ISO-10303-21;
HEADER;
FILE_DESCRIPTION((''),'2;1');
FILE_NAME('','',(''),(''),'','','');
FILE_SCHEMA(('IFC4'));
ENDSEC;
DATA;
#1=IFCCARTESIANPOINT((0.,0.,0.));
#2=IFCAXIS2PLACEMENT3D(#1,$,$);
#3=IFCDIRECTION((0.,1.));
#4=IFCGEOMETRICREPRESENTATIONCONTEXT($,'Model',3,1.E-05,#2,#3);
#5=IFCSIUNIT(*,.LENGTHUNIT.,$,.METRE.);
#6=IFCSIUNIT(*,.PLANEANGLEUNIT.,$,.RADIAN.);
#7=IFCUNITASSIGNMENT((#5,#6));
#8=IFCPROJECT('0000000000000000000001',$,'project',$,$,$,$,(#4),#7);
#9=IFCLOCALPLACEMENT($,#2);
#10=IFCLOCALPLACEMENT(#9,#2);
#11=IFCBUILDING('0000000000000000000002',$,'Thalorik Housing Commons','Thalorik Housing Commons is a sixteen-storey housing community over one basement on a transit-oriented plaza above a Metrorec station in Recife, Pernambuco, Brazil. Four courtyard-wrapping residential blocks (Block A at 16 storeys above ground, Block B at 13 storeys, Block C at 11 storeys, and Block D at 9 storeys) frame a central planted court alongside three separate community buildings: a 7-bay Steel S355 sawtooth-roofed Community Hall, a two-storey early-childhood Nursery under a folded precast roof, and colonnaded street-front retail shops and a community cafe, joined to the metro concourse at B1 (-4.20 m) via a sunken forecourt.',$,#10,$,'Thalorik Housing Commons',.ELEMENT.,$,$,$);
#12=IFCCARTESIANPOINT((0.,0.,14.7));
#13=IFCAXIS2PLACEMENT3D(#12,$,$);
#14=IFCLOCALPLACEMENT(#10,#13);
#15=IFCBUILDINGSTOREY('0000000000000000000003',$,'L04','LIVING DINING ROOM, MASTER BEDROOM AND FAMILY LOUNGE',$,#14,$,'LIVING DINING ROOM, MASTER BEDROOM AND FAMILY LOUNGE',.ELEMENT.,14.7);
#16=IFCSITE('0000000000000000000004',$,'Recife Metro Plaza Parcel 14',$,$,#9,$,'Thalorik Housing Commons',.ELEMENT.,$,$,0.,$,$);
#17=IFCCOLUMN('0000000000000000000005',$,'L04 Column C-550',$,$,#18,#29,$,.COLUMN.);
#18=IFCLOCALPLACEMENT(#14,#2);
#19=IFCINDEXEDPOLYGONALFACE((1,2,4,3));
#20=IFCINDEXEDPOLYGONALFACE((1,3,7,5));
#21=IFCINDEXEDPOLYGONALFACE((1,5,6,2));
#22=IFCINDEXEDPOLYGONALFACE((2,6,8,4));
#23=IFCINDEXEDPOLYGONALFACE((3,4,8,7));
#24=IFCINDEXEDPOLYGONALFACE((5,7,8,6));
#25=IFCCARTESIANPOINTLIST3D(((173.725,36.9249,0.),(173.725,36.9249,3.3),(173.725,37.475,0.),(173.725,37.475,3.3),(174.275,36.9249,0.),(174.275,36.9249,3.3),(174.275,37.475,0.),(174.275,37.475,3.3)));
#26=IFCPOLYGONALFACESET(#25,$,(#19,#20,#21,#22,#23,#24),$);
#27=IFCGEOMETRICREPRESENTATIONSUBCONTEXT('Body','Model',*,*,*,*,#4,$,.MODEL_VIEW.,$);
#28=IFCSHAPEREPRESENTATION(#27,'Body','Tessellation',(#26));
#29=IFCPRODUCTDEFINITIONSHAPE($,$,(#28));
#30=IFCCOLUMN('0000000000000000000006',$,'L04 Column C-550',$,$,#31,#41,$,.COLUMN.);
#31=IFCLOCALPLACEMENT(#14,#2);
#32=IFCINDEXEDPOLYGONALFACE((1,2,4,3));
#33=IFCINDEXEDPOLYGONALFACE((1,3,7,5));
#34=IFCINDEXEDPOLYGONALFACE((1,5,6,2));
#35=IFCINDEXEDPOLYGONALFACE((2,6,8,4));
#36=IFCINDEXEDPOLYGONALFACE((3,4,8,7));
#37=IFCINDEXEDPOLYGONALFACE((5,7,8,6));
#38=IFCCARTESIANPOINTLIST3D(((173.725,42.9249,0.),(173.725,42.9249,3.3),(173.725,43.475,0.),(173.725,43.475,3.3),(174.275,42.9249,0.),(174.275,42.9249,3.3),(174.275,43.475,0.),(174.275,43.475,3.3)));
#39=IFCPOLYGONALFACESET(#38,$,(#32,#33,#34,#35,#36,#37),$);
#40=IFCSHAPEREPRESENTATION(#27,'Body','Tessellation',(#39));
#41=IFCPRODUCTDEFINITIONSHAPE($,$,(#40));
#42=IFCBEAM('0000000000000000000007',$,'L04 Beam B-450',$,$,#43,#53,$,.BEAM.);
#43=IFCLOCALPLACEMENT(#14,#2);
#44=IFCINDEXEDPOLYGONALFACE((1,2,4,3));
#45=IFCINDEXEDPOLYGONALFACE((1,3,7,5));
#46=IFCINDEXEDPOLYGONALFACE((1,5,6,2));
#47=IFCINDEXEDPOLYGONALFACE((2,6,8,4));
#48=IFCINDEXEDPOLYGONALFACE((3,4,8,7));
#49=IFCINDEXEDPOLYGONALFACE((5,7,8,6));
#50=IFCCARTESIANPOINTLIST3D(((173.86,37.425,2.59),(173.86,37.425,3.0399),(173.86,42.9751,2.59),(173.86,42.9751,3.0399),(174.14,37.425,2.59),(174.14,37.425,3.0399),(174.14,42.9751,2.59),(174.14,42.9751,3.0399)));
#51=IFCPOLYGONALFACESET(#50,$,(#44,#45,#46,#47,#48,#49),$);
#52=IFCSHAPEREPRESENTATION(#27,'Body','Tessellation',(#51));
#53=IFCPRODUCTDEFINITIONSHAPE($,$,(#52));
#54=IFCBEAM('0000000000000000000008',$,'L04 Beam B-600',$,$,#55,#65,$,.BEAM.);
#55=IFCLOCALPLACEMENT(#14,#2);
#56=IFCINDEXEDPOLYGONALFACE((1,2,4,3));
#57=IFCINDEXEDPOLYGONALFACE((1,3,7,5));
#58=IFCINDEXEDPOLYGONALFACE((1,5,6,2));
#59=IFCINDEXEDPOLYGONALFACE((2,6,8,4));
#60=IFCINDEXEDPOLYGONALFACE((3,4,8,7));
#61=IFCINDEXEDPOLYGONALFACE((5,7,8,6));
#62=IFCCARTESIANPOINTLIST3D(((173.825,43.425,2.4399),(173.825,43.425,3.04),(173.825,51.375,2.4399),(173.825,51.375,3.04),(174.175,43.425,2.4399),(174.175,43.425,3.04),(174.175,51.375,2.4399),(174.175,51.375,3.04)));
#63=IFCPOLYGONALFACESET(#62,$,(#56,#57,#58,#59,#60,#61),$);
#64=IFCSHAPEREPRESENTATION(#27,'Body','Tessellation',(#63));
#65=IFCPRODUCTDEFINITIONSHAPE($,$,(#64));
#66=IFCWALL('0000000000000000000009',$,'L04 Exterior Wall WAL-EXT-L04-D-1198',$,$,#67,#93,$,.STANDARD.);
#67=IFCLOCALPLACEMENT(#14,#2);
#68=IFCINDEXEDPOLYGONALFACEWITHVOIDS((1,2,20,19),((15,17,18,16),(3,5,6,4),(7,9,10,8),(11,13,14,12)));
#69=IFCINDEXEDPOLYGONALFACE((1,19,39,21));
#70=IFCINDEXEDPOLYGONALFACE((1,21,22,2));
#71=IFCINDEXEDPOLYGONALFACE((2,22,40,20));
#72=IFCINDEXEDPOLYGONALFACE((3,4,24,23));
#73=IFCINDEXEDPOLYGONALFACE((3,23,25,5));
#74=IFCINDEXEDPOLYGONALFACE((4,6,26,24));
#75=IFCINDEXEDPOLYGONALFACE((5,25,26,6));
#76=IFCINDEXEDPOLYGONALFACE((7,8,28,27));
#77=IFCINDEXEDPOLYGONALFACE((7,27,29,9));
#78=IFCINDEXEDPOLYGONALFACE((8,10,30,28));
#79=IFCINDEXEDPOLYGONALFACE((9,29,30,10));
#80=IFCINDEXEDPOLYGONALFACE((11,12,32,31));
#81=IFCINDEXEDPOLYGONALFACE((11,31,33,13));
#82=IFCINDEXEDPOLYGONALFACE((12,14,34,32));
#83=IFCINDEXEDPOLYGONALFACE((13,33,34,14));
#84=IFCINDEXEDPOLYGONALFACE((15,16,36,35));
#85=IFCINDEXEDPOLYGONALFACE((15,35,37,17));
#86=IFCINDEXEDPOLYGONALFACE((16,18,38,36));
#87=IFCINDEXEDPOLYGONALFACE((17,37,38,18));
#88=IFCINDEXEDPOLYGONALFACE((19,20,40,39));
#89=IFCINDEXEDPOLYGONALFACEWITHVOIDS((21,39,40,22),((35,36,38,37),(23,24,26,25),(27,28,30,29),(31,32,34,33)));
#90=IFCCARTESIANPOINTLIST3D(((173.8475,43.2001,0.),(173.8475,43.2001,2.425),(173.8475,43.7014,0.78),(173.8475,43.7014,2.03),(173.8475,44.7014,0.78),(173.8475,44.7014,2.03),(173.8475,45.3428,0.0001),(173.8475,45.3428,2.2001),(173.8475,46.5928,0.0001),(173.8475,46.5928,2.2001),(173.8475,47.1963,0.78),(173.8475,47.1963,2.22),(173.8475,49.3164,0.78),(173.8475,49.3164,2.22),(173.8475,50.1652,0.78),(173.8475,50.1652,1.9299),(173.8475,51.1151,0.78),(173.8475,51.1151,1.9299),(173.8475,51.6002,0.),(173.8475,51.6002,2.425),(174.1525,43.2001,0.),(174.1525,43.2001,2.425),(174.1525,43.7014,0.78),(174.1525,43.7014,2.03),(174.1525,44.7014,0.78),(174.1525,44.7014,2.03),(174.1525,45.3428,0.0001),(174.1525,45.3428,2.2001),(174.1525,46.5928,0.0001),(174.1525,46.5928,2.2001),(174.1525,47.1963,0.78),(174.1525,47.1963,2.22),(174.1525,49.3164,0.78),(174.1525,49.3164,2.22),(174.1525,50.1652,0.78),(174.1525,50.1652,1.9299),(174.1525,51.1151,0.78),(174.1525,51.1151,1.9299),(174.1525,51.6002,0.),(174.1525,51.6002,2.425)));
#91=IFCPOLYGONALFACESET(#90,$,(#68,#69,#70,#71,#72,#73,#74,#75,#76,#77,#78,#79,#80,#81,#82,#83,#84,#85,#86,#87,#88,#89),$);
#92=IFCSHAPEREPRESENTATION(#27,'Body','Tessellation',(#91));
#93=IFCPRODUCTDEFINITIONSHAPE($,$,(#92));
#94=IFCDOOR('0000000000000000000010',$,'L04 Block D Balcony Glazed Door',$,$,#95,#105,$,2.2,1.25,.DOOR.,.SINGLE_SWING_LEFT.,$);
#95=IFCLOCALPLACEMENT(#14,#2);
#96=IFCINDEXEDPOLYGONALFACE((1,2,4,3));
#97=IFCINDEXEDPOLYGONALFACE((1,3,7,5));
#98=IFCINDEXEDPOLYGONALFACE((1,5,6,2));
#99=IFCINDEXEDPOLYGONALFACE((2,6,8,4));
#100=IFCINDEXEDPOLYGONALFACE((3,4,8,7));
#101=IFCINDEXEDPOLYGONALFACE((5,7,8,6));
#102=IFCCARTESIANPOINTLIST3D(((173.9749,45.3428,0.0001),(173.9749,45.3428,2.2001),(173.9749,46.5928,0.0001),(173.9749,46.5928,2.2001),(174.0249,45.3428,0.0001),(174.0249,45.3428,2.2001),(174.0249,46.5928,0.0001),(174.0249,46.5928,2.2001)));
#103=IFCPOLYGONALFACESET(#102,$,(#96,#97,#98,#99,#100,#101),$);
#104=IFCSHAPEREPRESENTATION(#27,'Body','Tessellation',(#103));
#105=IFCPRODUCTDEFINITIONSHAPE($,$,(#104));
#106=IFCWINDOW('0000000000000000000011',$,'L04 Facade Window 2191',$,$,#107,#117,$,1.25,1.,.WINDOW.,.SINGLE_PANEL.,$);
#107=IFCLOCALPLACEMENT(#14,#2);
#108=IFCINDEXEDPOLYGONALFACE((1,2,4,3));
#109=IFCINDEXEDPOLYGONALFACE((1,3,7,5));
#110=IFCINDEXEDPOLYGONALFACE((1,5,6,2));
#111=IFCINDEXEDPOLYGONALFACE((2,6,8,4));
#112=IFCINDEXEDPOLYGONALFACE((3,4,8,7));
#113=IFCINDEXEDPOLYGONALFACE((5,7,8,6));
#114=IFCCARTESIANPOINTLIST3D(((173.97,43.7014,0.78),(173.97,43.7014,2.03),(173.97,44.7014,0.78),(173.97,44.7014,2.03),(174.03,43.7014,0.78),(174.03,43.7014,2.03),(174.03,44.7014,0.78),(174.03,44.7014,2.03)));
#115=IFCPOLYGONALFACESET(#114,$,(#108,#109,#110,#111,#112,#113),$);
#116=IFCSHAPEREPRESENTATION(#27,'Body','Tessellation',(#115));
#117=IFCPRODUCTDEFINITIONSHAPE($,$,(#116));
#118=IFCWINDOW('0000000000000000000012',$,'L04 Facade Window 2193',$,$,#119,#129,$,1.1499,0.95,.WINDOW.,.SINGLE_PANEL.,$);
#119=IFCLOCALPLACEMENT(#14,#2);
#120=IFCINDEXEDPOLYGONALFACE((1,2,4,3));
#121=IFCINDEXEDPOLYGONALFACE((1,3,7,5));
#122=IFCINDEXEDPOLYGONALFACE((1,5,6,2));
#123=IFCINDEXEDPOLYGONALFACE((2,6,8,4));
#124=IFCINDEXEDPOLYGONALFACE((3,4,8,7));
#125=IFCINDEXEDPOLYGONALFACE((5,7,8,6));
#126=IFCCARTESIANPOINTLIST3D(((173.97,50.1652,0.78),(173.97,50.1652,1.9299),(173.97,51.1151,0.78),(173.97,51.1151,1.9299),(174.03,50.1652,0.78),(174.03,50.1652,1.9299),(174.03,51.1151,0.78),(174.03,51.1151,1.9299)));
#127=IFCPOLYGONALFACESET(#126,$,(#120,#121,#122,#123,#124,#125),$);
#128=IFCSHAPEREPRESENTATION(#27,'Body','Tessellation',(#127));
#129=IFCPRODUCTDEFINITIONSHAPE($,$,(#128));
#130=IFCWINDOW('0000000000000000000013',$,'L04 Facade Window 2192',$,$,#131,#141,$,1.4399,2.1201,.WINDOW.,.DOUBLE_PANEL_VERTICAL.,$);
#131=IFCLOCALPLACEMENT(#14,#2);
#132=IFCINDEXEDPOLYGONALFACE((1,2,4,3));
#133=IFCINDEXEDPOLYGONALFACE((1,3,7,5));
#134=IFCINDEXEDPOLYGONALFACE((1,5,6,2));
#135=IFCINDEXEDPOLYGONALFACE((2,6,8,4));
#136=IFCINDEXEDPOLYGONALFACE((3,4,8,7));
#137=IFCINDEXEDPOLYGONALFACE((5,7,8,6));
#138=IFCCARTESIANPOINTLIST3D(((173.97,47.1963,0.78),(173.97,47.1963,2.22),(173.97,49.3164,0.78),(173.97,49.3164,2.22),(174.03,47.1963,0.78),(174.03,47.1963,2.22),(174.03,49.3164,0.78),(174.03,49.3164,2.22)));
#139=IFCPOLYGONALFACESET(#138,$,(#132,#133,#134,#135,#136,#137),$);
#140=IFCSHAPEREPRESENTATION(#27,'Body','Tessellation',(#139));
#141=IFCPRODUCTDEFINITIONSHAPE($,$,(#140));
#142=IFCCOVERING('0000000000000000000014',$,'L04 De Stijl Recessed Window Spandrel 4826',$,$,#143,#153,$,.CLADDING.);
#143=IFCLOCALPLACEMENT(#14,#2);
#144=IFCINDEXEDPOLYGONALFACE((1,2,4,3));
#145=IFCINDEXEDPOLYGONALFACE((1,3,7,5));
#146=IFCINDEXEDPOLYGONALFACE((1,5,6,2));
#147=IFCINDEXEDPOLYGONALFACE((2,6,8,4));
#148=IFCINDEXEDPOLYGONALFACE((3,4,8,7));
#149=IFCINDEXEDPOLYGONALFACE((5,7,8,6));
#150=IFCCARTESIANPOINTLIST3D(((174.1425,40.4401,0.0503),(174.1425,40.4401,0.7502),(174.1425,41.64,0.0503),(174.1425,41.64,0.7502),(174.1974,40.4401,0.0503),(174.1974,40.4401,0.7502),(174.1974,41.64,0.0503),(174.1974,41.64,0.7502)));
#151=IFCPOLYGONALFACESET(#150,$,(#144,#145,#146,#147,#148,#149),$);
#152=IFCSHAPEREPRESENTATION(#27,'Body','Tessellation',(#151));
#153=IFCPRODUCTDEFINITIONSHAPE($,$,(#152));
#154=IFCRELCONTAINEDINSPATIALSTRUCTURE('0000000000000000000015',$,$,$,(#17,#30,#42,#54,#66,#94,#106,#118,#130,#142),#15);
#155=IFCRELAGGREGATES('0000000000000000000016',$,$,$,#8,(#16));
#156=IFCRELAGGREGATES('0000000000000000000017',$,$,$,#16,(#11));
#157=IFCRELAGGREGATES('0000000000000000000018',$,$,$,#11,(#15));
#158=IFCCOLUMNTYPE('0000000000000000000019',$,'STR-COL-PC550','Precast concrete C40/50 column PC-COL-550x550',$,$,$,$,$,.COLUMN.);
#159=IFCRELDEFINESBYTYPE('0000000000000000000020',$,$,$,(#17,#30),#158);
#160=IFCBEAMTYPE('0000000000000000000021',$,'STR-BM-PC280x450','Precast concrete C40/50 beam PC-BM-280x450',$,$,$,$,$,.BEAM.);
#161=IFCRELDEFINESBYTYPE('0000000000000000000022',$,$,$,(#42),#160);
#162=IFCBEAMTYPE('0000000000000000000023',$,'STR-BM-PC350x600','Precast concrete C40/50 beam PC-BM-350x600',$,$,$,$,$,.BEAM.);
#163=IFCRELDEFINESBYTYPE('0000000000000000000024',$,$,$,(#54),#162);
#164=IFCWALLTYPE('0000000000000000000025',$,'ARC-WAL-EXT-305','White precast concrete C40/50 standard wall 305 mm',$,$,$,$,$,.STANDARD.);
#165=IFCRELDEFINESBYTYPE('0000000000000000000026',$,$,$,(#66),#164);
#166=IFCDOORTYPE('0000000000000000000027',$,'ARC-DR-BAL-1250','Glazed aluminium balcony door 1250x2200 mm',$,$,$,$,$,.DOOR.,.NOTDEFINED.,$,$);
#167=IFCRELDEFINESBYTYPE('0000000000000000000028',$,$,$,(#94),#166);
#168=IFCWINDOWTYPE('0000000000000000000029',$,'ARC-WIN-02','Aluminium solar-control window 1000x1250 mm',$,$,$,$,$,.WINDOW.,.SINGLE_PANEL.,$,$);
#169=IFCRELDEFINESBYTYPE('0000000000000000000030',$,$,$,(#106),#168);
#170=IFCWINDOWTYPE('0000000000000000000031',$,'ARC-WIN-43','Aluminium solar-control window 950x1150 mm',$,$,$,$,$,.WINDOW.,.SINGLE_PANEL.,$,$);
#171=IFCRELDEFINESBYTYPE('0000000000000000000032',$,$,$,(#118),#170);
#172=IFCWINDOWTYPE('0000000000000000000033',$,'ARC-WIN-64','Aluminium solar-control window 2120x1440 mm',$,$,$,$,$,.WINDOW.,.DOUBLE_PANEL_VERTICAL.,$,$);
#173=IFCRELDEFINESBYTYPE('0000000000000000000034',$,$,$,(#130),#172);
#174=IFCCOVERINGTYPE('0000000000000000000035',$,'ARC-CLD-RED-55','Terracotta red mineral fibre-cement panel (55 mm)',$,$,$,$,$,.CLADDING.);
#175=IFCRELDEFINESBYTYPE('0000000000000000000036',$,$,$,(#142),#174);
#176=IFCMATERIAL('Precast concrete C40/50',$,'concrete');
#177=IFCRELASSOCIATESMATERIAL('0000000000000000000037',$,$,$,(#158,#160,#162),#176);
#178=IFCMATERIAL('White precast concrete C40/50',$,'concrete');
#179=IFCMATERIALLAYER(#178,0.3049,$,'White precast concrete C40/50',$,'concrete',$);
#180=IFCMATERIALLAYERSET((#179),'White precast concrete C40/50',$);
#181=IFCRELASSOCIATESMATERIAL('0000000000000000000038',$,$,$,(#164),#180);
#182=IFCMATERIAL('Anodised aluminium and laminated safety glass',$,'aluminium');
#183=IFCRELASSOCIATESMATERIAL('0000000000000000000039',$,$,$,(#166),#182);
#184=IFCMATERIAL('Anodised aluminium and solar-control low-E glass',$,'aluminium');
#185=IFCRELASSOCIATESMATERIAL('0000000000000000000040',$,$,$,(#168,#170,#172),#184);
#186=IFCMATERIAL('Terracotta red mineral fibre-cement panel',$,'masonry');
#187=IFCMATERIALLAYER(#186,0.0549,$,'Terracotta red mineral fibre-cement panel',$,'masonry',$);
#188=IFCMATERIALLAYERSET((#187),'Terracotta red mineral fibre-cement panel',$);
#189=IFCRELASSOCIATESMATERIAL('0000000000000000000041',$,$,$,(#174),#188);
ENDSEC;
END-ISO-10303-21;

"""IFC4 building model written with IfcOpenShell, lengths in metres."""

from ifc_helpers import new_model, si_unit, direction, frame, frame_2d, origin, origin_2d, place, context, subcontext, project, spatial, rectangle, extrude, material, layer, layer_set, material_profile, profile_set, type_object, element, fill, save


model = new_model("IFC4")

# Units and contexts
model_context = context("Model", 3, precision=1e-05, world=origin(), true_north=direction((0.0, 1.0)))
body_context = subcontext(model_context, "Body", "Model", "MODEL_VIEW")
ifc_project = project(units=[si_unit("LENGTHUNIT", "METRE"), si_unit("PLANEANGLEUNIT", "RADIAN")], contexts=[model_context])

# Site, building, storey
site_placement = place(None, origin())
site = spatial("IfcSite", under=ifc_project, at=site_placement, Name="Recife Metro Plaza Parcel 14", LongName="Thalorik Housing Commons", CompositionType="ELEMENT", RefElevation=0.0)
building_placement = place(site_placement, origin())
building = spatial("IfcBuilding", under=site, at=building_placement, Name="Thalorik Housing Commons", Description="Thalorik Housing Commons is a sixteen-storey housing community over one basement on a transit-oriented plaza above a Metrorec station in Recife, Pernambuco, Brazil. Four courtyard-wrapping residential blocks (Block A at 16 storeys above ground, Block B at 13 storeys, Block C at 11 storeys, and Block D at 9 storeys) frame a central planted court alongside three separate community buildings: a 7-bay Steel S355 sawtooth-roofed Community Hall, a two-storey early-childhood Nursery under a folded precast roof, and colonnaded street-front retail shops and a community cafe, joined to the metro concourse at B1 (-4.20 m) via a sunken forecourt.", LongName="Thalorik Housing Commons", CompositionType="ELEMENT")
storey_placement = place(building_placement, frame((0.0, 0.0, 14.7)))
storey = spatial("IfcBuildingStorey", under=building, at=storey_placement, Name="L04", Description="LIVING DINING ROOM, MASTER BEDROOM AND FAMILY LOUNGE", LongName="LIVING DINING ROOM, MASTER BEDROOM AND FAMILY LOUNGE", CompositionType="ELEMENT", Elevation=14.7)

# Columns
ifc_material_1 = material(Name="Precast concrete C40/50", Category="concrete")
ifc_material_profile_1 = material_profile(ifc_material_1, rectangle(XDim=0.55, YDim=0.55, at=origin_2d()), Name="PC 550x550", Category="concrete")
ifc_profile_set_1 = profile_set([ifc_material_profile_1], Name="Precast concrete C40/50")
column_type = type_object("IfcColumnType", Name="STR-COL-PC550", Description="Precast concrete C40/50 column PC-COL-550x550", PredefinedType="COLUMN", material=ifc_profile_set_1)
for number, where, z_axis, x_axis, name in (
    (1, (174.0, 37.2, 0.0), (0.0, 0.0, 1.0), (1.0, 0.0, 0.0), "L04 Column C-550"),
    (2, (174.0, 43.2, 0.0), (0.0, 0.0, 1.0), (1.0, 0.0, 0.0), "L04 Column C-550"),
):
    element("IfcColumn", number, at=place(storey_placement, frame(where, z_axis=z_axis, x_axis=x_axis)), inside=storey, type_object=column_type, Name=name, PredefinedType="COLUMN", context=body_context, shape_type="SweptSolid", body=[
        extrude(rectangle(XDim=0.55, YDim=0.55, at=origin_2d()), origin(), (0.0, 0.0, 1.0), 3.3),
    ])

# Beams
ifc_material_profile_2 = material_profile(ifc_material_1, rectangle(XDim=0.28, YDim=0.45, at=origin_2d()), Name="PC 280x450", Category="concrete")
ifc_profile_set_2 = profile_set([ifc_material_profile_2], Name="Precast concrete C40/50")
beam_type_1 = type_object("IfcBeamType", Name="STR-BM-PC280x450", Description="Precast concrete C40/50 beam PC-BM-280x450", PredefinedType="BEAM", material=ifc_profile_set_2)
beam_1_placement = place(storey_placement, frame((174.0, 37.425, 2.8149), z_axis=(0.0, 1.0, 0.0), x_axis=(-1.0, 0.0, 0.0)))
element("IfcBeam", 3, at=beam_1_placement, inside=storey, type_object=beam_type_1, Name="L04 Beam B-450", PredefinedType="BEAM", context=body_context, shape_type="SweptSolid", body=[
    extrude(rectangle(XDim=0.28, YDim=0.45, at=origin_2d()), origin(), (0.0, 0.0, 1.0), 5.55),
])
ifc_material_profile_3 = material_profile(ifc_material_1, rectangle(XDim=0.3501, YDim=0.6001, at=origin_2d()), Name="PC 350x600", Category="concrete")
ifc_profile_set_3 = profile_set([ifc_material_profile_3], Name="Precast concrete C40/50")
beam_type_2 = type_object("IfcBeamType", Name="STR-BM-PC350x600", Description="Precast concrete C40/50 beam PC-BM-350x600", PredefinedType="BEAM", material=ifc_profile_set_3)
beam_2_placement = place(storey_placement, frame((174.0, 43.425, 2.74), z_axis=(0.0, 1.0, 0.0), x_axis=(-1.0, 0.0, 0.0)))
element("IfcBeam", 4, at=beam_2_placement, inside=storey, type_object=beam_type_2, Name="L04 Beam B-600", PredefinedType="BEAM", context=body_context, shape_type="SweptSolid", body=[
    extrude(rectangle(XDim=0.3501, YDim=0.6001, at=origin_2d()), origin(), (0.0, 0.0, 1.0), 7.95),
])

# Shared definitions
ifc_material_2 = material(Name="White precast concrete C40/50", Category="concrete")
ifc_layer_1 = layer(ifc_material_2, 0.3049, Name="White precast concrete C40/50", Category="concrete")
ifc_layer_set_1 = layer_set([ifc_layer_1], Name="White precast concrete C40/50")
wall_type = type_object("IfcWallType", Name="ARC-WAL-EXT-305", Description="White precast concrete C40/50 standard wall 305 mm", PredefinedType="STANDARD", material=ifc_layer_set_1)
ifc_material_3 = material(Name="Anodised aluminium and laminated safety glass", Category="aluminium")
ifc_material_4 = material(Name="Anodised aluminium and solar-control low-E glass", Category="aluminium")

# Wall, openings, door, windows
wall_1_placement = place(storey_placement, frame((174.0, 43.2, 0.0), z_axis=(0.0, 0.0, 1.0), x_axis=(0.0, 1.0, 0.0)))
wall_1 = element("IfcWall", 5, at=wall_1_placement, inside=storey, type_object=wall_type, Name="L04 Exterior Wall WAL-EXT-L04-D-1198", PredefinedType="STANDARD", context=body_context, shape_type="SweptSolid", body=[
    extrude(rectangle(XDim=8.4001, YDim=0.3049, at=frame_2d((4.2002, 0.0))), origin(), (0.0, 0.0, 1.0), 2.425),
])
opening_1_placement = place(wall_1_placement, frame((2.1428, 0.0, 0.0)))
opening_1 = element("IfcOpeningElement", 6, at=opening_1_placement, cuts=wall_1, PredefinedType="OPENING", context=body_context, shape_type="SweptSolid", body=[
    extrude(rectangle(XDim=1.25, YDim=2.2, at=frame_2d((0.625, 1.1001))), frame((0.0, 0.1626, 0.0), z_axis=(0.0, -1.0, 0.0), x_axis=(1.0, 0.0, 0.0)), (0.0, 0.0, 1.0), 0.325),
])
opening_2_placement = place(wall_1_placement, frame((0.5015, 0.0, 0.78)))
opening_2 = element("IfcOpeningElement", 7, at=opening_2_placement, cuts=wall_1, PredefinedType="OPENING", context=body_context, shape_type="SweptSolid", body=[
    extrude(rectangle(XDim=1.0, YDim=1.25, at=frame_2d((0.5, 0.625))), frame((0.0, 0.1626, 0.0), z_axis=(0.0, -1.0, 0.0), x_axis=(1.0, 0.0, 0.0)), (0.0, 0.0, 1.0), 0.325),
])
opening_3_placement = place(wall_1_placement, frame((3.9963, 0.0, 0.78)))
opening_3 = element("IfcOpeningElement", 8, at=opening_3_placement, cuts=wall_1, PredefinedType="OPENING", context=body_context, shape_type="SweptSolid", body=[
    extrude(rectangle(XDim=2.1201, YDim=1.4399, at=frame_2d((1.0601, 0.72))), frame((0.0, 0.1626, 0.0), z_axis=(0.0, -1.0, 0.0), x_axis=(1.0, 0.0, 0.0)), (0.0, 0.0, 1.0), 0.325),
])
opening_4_placement = place(wall_1_placement, frame((6.9651, 0.0, 0.78)))
opening_4 = element("IfcOpeningElement", 9, at=opening_4_placement, cuts=wall_1, PredefinedType="OPENING", context=body_context, shape_type="SweptSolid", body=[
    extrude(rectangle(XDim=0.95, YDim=1.1499, at=frame_2d((0.4751, 0.575))), frame((0.0, 0.1626, 0.0), z_axis=(0.0, -1.0, 0.0), x_axis=(1.0, 0.0, 0.0)), (0.0, 0.0, 1.0), 0.325),
])
door_type_1 = type_object("IfcDoorType", Name="ARC-DR-BAL-1250", Description="Glazed aluminium balcony door 1250x2200 mm", OperationType="NOTDEFINED", PredefinedType="DOOR", material=ifc_material_3)
door_1_placement = place(opening_1_placement, frame((1.25, 0.0, 0.0), z_axis=(0.0, 0.0, 1.0), x_axis=(-1.0, 0.0, 0.0)))
door_1 = element("IfcDoor", 10, at=door_1_placement, inside=storey, type_object=door_type_1, Name="L04 Block D Balcony Glazed Door", OperationType="SINGLE_SWING_LEFT", OverallHeight=2.2, OverallWidth=1.25, PredefinedType="DOOR", context=body_context, shape_type="SweptSolid", body=[
    extrude(rectangle(XDim=1.25, YDim=2.2, at=frame_2d((0.625, 1.1001))), frame((0.0, 0.0249, 0.0), z_axis=(0.0, -1.0, 0.0), x_axis=(1.0, 0.0, 0.0)), (0.0, 0.0, 1.0), 0.05),
])
fill(opening_1, door_1)
window_type_1 = type_object("IfcWindowType", Name="ARC-WIN-02", Description="Aluminium solar-control window 1000x1250 mm", PartitioningType="SINGLE_PANEL", PredefinedType="WINDOW", material=ifc_material_4)
window_1_placement = place(opening_2_placement, origin())
window_1 = element("IfcWindow", 11, at=window_1_placement, inside=storey, type_object=window_type_1, Name="L04 Facade Window 2191", OverallHeight=1.25, OverallWidth=1.0, PartitioningType="SINGLE_PANEL", PredefinedType="WINDOW", context=body_context, shape_type="SweptSolid", body=[
    extrude(rectangle(XDim=1.0, YDim=1.25, at=frame_2d((0.5, 0.625))), frame((0.0, 0.03, 0.0), z_axis=(0.0, -1.0, 0.0), x_axis=(1.0, 0.0, 0.0)), (0.0, 0.0, 1.0), 0.0601),
])
fill(opening_2, window_1)
window_type_2 = type_object("IfcWindowType", Name="ARC-WIN-43", Description="Aluminium solar-control window 950x1150 mm", PartitioningType="SINGLE_PANEL", PredefinedType="WINDOW", material=ifc_material_4)
window_2_placement = place(opening_4_placement, origin())
window_2 = element("IfcWindow", 12, at=window_2_placement, inside=storey, type_object=window_type_2, Name="L04 Facade Window 2193", OverallHeight=1.1499, OverallWidth=0.95, PartitioningType="SINGLE_PANEL", PredefinedType="WINDOW", context=body_context, shape_type="SweptSolid", body=[
    extrude(rectangle(XDim=0.95, YDim=1.1499, at=frame_2d((0.4751, 0.575))), frame((0.0, 0.03, 0.0), z_axis=(0.0, -1.0, 0.0), x_axis=(1.0, 0.0, 0.0)), (0.0, 0.0, 1.0), 0.0601),
])
fill(opening_4, window_2)
window_type_3 = type_object("IfcWindowType", Name="ARC-WIN-64", Description="Aluminium solar-control window 2120x1440 mm", PartitioningType="DOUBLE_PANEL_VERTICAL", PredefinedType="WINDOW", material=ifc_material_4)
window_3_placement = place(opening_3_placement, origin())
window_3 = element("IfcWindow", 13, at=window_3_placement, inside=storey, type_object=window_type_3, Name="L04 Facade Window 2192", OverallHeight=1.4399, OverallWidth=2.1201, PartitioningType="DOUBLE_PANEL_VERTICAL", PredefinedType="WINDOW", context=body_context, shape_type="SweptSolid", body=[
    extrude(rectangle(XDim=2.1201, YDim=1.4399, at=frame_2d((1.0601, 0.72))), frame((0.0, 0.03, 0.0), z_axis=(0.0, -1.0, 0.0), x_axis=(1.0, 0.0, 0.0)), (0.0, 0.0, 1.0), 0.0601),
])
fill(opening_3, window_3)

# Covering
ifc_material_5 = material(Name="Terracotta red mineral fibre-cement panel", Category="masonry")
ifc_layer_2 = layer(ifc_material_5, 0.0549, Name="Terracotta red mineral fibre-cement panel", Category="masonry")
ifc_layer_set_2 = layer_set([ifc_layer_2], Name="Terracotta red mineral fibre-cement panel")
covering_type_1 = type_object("IfcCoveringType", Name="ARC-CLD-RED-55", Description="Terracotta red mineral fibre-cement panel (55 mm)", PredefinedType="CLADDING", material=ifc_layer_set_2)
covering_1_placement = place(storey_placement, frame((174.1699, 41.04, 0.0503), z_axis=(0.0, 0.0, 1.0), x_axis=(0.0, 1.0, 0.0)))
element("IfcCovering", 14, at=covering_1_placement, inside=storey, type_object=covering_type_1, Name="L04 De Stijl Recessed Window Spandrel 4826", PredefinedType="CLADDING", context=body_context, shape_type="SweptSolid", body=[
    extrude(rectangle(XDim=1.2, YDim=0.0549, at=origin_2d()), origin(), (0.0, 0.0, 1.0), 0.7),
])

save(model, "model.ifc")
